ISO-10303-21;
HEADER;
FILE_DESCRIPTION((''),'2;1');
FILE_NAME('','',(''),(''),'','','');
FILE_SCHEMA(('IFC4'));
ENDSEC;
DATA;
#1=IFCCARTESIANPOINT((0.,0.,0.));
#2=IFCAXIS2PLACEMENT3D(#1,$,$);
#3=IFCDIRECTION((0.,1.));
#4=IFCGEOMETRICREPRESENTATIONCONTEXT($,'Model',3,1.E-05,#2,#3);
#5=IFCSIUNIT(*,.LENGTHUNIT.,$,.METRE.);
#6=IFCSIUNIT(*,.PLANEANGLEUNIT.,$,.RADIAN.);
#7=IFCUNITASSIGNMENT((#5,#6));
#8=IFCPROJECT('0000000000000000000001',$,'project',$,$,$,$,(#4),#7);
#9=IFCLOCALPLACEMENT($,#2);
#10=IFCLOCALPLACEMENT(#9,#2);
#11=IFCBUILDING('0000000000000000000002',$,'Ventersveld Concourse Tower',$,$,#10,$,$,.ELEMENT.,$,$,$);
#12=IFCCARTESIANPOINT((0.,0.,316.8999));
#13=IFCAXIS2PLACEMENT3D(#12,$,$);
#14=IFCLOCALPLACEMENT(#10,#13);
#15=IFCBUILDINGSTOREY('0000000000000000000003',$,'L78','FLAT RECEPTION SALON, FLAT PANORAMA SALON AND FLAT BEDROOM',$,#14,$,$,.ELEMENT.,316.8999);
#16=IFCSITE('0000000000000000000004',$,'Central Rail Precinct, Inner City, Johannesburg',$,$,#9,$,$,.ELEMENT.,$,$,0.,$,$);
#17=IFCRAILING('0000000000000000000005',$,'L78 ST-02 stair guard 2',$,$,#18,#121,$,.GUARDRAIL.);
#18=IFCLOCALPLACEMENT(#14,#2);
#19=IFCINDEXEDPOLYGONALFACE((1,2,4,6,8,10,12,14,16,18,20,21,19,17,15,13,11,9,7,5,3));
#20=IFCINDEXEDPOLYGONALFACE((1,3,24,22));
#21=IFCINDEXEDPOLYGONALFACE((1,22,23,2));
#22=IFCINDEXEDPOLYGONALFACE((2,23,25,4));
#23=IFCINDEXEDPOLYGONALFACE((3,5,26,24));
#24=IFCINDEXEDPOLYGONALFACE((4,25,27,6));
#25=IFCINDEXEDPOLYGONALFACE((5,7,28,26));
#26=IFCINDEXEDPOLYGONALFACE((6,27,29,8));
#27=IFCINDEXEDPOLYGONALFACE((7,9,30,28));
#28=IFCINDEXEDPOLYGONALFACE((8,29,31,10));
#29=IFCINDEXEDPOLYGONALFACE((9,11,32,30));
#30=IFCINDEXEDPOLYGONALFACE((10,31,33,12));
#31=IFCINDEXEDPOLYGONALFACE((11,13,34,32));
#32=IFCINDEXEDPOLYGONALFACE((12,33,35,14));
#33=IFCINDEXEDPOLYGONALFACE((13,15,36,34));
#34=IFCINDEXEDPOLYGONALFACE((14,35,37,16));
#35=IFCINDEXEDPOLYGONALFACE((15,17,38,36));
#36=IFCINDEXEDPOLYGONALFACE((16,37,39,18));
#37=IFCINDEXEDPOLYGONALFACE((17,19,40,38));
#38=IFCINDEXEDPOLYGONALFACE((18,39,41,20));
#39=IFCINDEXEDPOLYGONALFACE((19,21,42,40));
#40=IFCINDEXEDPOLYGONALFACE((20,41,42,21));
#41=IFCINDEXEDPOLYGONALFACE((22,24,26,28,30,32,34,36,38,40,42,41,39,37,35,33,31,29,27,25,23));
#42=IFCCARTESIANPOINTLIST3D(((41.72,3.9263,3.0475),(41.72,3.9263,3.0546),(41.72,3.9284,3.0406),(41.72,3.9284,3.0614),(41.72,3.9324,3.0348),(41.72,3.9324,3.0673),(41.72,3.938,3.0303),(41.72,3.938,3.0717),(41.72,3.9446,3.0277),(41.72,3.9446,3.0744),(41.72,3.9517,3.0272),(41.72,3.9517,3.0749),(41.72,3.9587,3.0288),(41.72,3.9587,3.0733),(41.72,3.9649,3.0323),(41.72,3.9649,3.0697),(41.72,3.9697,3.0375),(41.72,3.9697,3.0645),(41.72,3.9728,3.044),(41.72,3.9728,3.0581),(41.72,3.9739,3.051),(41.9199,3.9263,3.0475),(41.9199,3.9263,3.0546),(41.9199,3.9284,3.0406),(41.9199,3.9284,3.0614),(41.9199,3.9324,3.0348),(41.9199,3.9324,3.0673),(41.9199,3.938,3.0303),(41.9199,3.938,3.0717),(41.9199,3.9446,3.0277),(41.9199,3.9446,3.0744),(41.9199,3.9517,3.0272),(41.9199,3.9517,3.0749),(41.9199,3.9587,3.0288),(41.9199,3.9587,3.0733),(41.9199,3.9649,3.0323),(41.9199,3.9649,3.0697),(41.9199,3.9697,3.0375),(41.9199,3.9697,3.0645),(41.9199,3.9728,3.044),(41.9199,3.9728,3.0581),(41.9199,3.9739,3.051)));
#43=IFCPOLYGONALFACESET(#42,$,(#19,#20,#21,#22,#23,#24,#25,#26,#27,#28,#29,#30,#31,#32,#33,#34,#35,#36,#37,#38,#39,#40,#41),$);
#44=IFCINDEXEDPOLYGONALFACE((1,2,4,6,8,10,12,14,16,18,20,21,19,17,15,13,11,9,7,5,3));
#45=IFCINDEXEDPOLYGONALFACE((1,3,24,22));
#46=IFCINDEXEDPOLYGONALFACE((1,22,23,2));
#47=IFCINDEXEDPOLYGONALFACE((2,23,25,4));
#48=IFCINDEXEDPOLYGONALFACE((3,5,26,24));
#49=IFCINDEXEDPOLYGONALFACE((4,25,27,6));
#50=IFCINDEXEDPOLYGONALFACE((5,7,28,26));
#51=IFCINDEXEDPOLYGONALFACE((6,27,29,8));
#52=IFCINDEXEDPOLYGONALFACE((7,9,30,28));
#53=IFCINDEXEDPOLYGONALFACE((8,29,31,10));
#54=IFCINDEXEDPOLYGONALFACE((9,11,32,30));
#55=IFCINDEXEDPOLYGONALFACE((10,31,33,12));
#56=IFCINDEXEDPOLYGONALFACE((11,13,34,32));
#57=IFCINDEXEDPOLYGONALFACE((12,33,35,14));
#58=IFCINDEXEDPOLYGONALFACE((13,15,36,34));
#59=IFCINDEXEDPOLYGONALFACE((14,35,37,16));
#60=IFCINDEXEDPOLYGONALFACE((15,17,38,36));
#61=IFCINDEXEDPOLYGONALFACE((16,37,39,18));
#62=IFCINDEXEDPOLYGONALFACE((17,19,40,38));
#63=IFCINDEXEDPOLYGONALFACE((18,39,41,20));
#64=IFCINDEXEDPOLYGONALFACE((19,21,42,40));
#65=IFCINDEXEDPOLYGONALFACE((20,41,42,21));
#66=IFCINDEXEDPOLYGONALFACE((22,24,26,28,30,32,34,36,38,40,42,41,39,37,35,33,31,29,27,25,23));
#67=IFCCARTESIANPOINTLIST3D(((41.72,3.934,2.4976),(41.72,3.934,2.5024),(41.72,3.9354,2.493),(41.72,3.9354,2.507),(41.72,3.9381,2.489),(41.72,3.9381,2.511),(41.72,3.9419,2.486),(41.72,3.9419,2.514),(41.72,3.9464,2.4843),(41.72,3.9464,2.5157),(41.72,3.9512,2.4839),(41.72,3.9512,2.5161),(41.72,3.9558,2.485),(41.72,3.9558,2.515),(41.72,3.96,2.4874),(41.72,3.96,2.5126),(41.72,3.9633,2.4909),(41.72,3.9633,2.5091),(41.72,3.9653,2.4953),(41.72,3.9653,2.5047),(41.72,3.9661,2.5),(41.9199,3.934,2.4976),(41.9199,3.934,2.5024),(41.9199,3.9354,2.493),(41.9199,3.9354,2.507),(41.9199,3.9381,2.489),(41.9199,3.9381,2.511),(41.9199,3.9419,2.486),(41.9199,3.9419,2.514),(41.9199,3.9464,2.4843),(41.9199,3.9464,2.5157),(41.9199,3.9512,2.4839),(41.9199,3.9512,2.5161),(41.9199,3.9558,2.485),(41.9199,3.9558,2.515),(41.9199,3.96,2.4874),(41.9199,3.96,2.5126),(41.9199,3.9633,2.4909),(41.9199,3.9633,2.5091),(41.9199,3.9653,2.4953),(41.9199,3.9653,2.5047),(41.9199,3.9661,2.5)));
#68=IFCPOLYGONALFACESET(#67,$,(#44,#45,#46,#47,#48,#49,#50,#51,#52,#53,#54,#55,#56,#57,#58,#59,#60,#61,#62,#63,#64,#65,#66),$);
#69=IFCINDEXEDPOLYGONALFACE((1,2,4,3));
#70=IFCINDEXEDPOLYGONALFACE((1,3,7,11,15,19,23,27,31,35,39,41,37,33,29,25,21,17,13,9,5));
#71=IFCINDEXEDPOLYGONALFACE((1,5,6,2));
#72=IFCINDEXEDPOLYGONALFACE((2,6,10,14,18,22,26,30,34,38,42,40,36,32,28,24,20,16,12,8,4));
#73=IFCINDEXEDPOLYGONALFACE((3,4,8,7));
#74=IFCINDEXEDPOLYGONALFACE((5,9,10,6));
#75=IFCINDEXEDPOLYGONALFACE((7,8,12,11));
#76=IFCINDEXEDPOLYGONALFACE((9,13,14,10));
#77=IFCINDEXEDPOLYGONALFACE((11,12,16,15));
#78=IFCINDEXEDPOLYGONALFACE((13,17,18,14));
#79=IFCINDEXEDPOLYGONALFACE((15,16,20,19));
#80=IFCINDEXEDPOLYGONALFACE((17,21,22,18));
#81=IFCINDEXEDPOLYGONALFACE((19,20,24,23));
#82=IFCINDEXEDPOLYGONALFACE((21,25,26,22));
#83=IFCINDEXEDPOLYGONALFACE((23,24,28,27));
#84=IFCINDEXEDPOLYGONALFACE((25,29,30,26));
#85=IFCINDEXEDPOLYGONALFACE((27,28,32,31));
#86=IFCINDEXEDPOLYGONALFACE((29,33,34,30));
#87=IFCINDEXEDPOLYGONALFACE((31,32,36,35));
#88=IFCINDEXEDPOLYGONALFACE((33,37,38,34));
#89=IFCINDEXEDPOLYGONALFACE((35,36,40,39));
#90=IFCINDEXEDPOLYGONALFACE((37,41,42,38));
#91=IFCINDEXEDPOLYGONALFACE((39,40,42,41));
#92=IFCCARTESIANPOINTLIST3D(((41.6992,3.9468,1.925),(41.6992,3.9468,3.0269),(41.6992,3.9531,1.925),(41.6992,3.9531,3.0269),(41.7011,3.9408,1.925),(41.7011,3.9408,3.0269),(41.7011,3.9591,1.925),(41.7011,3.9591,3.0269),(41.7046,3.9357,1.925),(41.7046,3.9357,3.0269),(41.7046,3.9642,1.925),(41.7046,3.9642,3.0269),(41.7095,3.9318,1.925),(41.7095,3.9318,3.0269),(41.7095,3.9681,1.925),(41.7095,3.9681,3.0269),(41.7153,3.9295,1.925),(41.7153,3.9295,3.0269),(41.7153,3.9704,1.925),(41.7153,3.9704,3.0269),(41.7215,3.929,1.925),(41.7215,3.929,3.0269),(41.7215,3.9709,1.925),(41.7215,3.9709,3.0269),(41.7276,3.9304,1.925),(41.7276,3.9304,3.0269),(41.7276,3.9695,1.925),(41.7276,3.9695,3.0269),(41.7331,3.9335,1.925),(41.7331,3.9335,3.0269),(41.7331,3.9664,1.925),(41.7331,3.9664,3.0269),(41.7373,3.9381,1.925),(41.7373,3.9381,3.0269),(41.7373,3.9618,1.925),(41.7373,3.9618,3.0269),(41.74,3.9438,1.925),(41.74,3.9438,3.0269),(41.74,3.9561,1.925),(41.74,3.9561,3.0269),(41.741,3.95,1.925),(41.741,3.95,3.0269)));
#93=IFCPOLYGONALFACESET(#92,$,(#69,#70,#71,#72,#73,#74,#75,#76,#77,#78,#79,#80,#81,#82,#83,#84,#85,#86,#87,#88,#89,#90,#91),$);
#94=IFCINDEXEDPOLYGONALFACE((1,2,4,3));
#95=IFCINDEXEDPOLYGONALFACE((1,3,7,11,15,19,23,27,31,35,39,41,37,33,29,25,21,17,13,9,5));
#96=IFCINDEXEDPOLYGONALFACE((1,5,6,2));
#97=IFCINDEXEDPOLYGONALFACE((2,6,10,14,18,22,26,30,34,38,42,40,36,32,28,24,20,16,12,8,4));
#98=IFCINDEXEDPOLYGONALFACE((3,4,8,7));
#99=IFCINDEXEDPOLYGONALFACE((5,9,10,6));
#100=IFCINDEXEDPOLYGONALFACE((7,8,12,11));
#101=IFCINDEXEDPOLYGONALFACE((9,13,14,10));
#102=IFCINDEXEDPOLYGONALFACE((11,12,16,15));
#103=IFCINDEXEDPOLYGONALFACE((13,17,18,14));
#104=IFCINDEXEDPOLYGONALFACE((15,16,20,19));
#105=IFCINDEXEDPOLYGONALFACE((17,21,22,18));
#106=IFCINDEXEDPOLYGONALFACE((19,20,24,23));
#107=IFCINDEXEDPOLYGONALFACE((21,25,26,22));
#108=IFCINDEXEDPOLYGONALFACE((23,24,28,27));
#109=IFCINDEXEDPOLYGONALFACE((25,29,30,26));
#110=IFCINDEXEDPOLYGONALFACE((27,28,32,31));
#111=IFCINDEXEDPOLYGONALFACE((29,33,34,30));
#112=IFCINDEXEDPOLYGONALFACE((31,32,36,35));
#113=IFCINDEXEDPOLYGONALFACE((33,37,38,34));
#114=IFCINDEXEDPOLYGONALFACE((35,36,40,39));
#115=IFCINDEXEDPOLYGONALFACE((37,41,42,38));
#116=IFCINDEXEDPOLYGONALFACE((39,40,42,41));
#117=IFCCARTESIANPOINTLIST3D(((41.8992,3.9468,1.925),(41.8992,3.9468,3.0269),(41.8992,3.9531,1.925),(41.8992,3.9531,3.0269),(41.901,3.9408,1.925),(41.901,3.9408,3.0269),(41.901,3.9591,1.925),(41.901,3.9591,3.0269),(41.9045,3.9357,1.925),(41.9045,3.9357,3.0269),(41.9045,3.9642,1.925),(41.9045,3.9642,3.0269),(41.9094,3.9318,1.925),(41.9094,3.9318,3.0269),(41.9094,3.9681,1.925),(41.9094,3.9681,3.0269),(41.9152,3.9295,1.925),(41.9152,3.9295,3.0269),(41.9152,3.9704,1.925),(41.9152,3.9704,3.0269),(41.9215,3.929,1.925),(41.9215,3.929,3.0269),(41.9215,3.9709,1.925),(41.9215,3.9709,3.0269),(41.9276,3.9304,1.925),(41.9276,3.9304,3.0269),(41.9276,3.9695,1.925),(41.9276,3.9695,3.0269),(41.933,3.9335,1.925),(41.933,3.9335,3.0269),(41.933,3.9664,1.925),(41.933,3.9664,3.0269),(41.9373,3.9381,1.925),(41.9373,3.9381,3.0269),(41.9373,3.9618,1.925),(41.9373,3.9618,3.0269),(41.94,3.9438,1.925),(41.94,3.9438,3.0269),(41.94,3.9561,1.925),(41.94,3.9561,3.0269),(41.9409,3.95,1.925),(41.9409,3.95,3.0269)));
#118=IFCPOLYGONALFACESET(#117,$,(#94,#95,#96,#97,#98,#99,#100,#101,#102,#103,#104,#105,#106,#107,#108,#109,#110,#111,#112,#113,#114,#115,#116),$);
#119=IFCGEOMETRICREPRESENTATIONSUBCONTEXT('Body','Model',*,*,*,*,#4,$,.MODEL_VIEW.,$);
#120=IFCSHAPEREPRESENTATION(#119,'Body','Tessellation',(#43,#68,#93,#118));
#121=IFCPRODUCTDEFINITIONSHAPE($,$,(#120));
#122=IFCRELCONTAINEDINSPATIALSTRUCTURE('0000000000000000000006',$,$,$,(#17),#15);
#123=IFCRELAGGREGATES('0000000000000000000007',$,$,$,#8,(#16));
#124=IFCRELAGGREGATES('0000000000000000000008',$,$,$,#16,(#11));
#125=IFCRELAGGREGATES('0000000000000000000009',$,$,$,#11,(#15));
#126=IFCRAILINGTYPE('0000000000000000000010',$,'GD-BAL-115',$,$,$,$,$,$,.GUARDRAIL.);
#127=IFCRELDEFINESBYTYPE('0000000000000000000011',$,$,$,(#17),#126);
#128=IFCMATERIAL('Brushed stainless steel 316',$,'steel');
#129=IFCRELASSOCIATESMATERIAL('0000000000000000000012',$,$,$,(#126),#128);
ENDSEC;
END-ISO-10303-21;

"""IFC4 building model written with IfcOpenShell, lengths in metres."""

from ifc_helpers import new_model, si_unit, direction, frame, origin, origin_2d, place, context, subcontext, project, spatial, circle, extrude, material, type_object, element, save


model = new_model("IFC4")

# Units and contexts
model_context = context("Model", 3, precision=1e-05, world=origin(), true_north=direction((0.0, 1.0)))
body_context = subcontext(model_context, "Body", "Model", "MODEL_VIEW")
ifc_project = project(units=[si_unit("LENGTHUNIT", "METRE"), si_unit("PLANEANGLEUNIT", "RADIAN")], contexts=[model_context])

# Site, building, storey
site_placement = place(None, origin())
site = spatial("IfcSite", under=ifc_project, at=site_placement, Name="Central Rail Precinct, Inner City, Johannesburg", CompositionType="ELEMENT", RefElevation=0.0)
building_placement = place(site_placement, origin())
building = spatial("IfcBuilding", under=site, at=building_placement, Name="Ventersveld Concourse Tower", CompositionType="ELEMENT")
storey_placement = place(building_placement, frame((0.0, 0.0, 316.8999)))
storey = spatial("IfcBuildingStorey", under=building, at=storey_placement, Name="L78", Description="FLAT RECEPTION SALON, FLAT PANORAMA SALON AND FLAT BEDROOM", CompositionType="ELEMENT", Elevation=316.8999)

# Shared definitions
ifc_material_1 = material(Name="Brushed stainless steel 316", Category="steel")

# Railing
railing_type_1 = type_object("IfcRailingType", Name="GD-BAL-115", PredefinedType="GUARDRAIL", material=ifc_material_1)
railing_1_placement = place(storey_placement, frame((41.72, 3.95, 1.925)))
element("IfcRailing", 1, at=railing_1_placement, inside=storey, type_object=railing_type_1, Name="L78 ST-02 stair guard 2", PredefinedType="GUARDRAIL", context=body_context, shape_type="SweptSolid", body=[
    extrude(circle(Radius=0.0239, at=origin_2d()), frame((0.0, 0.0, 1.126), z_axis=(1.0, 0.0, 0.0), x_axis=(0.0, 1.0, 0.0)), (0.0, 0.0, 1.0), 0.2),
    extrude(circle(Radius=0.0161, at=origin_2d()), frame((0.0, 0.0, 0.575), z_axis=(1.0, 0.0, 0.0), x_axis=(0.0, 1.0, 0.0)), (0.0, 0.0, 1.0), 0.2),
    extrude(circle(Radius=0.021, at=origin_2d()), origin(), (0.0, 0.0, 1.0), 1.1018),
    extrude(circle(Radius=0.021, at=origin_2d()), frame((0.2, 0.0, 0.0)), (0.0, 0.0, 1.0), 1.1018),
])

save(model, "model.ifc")
